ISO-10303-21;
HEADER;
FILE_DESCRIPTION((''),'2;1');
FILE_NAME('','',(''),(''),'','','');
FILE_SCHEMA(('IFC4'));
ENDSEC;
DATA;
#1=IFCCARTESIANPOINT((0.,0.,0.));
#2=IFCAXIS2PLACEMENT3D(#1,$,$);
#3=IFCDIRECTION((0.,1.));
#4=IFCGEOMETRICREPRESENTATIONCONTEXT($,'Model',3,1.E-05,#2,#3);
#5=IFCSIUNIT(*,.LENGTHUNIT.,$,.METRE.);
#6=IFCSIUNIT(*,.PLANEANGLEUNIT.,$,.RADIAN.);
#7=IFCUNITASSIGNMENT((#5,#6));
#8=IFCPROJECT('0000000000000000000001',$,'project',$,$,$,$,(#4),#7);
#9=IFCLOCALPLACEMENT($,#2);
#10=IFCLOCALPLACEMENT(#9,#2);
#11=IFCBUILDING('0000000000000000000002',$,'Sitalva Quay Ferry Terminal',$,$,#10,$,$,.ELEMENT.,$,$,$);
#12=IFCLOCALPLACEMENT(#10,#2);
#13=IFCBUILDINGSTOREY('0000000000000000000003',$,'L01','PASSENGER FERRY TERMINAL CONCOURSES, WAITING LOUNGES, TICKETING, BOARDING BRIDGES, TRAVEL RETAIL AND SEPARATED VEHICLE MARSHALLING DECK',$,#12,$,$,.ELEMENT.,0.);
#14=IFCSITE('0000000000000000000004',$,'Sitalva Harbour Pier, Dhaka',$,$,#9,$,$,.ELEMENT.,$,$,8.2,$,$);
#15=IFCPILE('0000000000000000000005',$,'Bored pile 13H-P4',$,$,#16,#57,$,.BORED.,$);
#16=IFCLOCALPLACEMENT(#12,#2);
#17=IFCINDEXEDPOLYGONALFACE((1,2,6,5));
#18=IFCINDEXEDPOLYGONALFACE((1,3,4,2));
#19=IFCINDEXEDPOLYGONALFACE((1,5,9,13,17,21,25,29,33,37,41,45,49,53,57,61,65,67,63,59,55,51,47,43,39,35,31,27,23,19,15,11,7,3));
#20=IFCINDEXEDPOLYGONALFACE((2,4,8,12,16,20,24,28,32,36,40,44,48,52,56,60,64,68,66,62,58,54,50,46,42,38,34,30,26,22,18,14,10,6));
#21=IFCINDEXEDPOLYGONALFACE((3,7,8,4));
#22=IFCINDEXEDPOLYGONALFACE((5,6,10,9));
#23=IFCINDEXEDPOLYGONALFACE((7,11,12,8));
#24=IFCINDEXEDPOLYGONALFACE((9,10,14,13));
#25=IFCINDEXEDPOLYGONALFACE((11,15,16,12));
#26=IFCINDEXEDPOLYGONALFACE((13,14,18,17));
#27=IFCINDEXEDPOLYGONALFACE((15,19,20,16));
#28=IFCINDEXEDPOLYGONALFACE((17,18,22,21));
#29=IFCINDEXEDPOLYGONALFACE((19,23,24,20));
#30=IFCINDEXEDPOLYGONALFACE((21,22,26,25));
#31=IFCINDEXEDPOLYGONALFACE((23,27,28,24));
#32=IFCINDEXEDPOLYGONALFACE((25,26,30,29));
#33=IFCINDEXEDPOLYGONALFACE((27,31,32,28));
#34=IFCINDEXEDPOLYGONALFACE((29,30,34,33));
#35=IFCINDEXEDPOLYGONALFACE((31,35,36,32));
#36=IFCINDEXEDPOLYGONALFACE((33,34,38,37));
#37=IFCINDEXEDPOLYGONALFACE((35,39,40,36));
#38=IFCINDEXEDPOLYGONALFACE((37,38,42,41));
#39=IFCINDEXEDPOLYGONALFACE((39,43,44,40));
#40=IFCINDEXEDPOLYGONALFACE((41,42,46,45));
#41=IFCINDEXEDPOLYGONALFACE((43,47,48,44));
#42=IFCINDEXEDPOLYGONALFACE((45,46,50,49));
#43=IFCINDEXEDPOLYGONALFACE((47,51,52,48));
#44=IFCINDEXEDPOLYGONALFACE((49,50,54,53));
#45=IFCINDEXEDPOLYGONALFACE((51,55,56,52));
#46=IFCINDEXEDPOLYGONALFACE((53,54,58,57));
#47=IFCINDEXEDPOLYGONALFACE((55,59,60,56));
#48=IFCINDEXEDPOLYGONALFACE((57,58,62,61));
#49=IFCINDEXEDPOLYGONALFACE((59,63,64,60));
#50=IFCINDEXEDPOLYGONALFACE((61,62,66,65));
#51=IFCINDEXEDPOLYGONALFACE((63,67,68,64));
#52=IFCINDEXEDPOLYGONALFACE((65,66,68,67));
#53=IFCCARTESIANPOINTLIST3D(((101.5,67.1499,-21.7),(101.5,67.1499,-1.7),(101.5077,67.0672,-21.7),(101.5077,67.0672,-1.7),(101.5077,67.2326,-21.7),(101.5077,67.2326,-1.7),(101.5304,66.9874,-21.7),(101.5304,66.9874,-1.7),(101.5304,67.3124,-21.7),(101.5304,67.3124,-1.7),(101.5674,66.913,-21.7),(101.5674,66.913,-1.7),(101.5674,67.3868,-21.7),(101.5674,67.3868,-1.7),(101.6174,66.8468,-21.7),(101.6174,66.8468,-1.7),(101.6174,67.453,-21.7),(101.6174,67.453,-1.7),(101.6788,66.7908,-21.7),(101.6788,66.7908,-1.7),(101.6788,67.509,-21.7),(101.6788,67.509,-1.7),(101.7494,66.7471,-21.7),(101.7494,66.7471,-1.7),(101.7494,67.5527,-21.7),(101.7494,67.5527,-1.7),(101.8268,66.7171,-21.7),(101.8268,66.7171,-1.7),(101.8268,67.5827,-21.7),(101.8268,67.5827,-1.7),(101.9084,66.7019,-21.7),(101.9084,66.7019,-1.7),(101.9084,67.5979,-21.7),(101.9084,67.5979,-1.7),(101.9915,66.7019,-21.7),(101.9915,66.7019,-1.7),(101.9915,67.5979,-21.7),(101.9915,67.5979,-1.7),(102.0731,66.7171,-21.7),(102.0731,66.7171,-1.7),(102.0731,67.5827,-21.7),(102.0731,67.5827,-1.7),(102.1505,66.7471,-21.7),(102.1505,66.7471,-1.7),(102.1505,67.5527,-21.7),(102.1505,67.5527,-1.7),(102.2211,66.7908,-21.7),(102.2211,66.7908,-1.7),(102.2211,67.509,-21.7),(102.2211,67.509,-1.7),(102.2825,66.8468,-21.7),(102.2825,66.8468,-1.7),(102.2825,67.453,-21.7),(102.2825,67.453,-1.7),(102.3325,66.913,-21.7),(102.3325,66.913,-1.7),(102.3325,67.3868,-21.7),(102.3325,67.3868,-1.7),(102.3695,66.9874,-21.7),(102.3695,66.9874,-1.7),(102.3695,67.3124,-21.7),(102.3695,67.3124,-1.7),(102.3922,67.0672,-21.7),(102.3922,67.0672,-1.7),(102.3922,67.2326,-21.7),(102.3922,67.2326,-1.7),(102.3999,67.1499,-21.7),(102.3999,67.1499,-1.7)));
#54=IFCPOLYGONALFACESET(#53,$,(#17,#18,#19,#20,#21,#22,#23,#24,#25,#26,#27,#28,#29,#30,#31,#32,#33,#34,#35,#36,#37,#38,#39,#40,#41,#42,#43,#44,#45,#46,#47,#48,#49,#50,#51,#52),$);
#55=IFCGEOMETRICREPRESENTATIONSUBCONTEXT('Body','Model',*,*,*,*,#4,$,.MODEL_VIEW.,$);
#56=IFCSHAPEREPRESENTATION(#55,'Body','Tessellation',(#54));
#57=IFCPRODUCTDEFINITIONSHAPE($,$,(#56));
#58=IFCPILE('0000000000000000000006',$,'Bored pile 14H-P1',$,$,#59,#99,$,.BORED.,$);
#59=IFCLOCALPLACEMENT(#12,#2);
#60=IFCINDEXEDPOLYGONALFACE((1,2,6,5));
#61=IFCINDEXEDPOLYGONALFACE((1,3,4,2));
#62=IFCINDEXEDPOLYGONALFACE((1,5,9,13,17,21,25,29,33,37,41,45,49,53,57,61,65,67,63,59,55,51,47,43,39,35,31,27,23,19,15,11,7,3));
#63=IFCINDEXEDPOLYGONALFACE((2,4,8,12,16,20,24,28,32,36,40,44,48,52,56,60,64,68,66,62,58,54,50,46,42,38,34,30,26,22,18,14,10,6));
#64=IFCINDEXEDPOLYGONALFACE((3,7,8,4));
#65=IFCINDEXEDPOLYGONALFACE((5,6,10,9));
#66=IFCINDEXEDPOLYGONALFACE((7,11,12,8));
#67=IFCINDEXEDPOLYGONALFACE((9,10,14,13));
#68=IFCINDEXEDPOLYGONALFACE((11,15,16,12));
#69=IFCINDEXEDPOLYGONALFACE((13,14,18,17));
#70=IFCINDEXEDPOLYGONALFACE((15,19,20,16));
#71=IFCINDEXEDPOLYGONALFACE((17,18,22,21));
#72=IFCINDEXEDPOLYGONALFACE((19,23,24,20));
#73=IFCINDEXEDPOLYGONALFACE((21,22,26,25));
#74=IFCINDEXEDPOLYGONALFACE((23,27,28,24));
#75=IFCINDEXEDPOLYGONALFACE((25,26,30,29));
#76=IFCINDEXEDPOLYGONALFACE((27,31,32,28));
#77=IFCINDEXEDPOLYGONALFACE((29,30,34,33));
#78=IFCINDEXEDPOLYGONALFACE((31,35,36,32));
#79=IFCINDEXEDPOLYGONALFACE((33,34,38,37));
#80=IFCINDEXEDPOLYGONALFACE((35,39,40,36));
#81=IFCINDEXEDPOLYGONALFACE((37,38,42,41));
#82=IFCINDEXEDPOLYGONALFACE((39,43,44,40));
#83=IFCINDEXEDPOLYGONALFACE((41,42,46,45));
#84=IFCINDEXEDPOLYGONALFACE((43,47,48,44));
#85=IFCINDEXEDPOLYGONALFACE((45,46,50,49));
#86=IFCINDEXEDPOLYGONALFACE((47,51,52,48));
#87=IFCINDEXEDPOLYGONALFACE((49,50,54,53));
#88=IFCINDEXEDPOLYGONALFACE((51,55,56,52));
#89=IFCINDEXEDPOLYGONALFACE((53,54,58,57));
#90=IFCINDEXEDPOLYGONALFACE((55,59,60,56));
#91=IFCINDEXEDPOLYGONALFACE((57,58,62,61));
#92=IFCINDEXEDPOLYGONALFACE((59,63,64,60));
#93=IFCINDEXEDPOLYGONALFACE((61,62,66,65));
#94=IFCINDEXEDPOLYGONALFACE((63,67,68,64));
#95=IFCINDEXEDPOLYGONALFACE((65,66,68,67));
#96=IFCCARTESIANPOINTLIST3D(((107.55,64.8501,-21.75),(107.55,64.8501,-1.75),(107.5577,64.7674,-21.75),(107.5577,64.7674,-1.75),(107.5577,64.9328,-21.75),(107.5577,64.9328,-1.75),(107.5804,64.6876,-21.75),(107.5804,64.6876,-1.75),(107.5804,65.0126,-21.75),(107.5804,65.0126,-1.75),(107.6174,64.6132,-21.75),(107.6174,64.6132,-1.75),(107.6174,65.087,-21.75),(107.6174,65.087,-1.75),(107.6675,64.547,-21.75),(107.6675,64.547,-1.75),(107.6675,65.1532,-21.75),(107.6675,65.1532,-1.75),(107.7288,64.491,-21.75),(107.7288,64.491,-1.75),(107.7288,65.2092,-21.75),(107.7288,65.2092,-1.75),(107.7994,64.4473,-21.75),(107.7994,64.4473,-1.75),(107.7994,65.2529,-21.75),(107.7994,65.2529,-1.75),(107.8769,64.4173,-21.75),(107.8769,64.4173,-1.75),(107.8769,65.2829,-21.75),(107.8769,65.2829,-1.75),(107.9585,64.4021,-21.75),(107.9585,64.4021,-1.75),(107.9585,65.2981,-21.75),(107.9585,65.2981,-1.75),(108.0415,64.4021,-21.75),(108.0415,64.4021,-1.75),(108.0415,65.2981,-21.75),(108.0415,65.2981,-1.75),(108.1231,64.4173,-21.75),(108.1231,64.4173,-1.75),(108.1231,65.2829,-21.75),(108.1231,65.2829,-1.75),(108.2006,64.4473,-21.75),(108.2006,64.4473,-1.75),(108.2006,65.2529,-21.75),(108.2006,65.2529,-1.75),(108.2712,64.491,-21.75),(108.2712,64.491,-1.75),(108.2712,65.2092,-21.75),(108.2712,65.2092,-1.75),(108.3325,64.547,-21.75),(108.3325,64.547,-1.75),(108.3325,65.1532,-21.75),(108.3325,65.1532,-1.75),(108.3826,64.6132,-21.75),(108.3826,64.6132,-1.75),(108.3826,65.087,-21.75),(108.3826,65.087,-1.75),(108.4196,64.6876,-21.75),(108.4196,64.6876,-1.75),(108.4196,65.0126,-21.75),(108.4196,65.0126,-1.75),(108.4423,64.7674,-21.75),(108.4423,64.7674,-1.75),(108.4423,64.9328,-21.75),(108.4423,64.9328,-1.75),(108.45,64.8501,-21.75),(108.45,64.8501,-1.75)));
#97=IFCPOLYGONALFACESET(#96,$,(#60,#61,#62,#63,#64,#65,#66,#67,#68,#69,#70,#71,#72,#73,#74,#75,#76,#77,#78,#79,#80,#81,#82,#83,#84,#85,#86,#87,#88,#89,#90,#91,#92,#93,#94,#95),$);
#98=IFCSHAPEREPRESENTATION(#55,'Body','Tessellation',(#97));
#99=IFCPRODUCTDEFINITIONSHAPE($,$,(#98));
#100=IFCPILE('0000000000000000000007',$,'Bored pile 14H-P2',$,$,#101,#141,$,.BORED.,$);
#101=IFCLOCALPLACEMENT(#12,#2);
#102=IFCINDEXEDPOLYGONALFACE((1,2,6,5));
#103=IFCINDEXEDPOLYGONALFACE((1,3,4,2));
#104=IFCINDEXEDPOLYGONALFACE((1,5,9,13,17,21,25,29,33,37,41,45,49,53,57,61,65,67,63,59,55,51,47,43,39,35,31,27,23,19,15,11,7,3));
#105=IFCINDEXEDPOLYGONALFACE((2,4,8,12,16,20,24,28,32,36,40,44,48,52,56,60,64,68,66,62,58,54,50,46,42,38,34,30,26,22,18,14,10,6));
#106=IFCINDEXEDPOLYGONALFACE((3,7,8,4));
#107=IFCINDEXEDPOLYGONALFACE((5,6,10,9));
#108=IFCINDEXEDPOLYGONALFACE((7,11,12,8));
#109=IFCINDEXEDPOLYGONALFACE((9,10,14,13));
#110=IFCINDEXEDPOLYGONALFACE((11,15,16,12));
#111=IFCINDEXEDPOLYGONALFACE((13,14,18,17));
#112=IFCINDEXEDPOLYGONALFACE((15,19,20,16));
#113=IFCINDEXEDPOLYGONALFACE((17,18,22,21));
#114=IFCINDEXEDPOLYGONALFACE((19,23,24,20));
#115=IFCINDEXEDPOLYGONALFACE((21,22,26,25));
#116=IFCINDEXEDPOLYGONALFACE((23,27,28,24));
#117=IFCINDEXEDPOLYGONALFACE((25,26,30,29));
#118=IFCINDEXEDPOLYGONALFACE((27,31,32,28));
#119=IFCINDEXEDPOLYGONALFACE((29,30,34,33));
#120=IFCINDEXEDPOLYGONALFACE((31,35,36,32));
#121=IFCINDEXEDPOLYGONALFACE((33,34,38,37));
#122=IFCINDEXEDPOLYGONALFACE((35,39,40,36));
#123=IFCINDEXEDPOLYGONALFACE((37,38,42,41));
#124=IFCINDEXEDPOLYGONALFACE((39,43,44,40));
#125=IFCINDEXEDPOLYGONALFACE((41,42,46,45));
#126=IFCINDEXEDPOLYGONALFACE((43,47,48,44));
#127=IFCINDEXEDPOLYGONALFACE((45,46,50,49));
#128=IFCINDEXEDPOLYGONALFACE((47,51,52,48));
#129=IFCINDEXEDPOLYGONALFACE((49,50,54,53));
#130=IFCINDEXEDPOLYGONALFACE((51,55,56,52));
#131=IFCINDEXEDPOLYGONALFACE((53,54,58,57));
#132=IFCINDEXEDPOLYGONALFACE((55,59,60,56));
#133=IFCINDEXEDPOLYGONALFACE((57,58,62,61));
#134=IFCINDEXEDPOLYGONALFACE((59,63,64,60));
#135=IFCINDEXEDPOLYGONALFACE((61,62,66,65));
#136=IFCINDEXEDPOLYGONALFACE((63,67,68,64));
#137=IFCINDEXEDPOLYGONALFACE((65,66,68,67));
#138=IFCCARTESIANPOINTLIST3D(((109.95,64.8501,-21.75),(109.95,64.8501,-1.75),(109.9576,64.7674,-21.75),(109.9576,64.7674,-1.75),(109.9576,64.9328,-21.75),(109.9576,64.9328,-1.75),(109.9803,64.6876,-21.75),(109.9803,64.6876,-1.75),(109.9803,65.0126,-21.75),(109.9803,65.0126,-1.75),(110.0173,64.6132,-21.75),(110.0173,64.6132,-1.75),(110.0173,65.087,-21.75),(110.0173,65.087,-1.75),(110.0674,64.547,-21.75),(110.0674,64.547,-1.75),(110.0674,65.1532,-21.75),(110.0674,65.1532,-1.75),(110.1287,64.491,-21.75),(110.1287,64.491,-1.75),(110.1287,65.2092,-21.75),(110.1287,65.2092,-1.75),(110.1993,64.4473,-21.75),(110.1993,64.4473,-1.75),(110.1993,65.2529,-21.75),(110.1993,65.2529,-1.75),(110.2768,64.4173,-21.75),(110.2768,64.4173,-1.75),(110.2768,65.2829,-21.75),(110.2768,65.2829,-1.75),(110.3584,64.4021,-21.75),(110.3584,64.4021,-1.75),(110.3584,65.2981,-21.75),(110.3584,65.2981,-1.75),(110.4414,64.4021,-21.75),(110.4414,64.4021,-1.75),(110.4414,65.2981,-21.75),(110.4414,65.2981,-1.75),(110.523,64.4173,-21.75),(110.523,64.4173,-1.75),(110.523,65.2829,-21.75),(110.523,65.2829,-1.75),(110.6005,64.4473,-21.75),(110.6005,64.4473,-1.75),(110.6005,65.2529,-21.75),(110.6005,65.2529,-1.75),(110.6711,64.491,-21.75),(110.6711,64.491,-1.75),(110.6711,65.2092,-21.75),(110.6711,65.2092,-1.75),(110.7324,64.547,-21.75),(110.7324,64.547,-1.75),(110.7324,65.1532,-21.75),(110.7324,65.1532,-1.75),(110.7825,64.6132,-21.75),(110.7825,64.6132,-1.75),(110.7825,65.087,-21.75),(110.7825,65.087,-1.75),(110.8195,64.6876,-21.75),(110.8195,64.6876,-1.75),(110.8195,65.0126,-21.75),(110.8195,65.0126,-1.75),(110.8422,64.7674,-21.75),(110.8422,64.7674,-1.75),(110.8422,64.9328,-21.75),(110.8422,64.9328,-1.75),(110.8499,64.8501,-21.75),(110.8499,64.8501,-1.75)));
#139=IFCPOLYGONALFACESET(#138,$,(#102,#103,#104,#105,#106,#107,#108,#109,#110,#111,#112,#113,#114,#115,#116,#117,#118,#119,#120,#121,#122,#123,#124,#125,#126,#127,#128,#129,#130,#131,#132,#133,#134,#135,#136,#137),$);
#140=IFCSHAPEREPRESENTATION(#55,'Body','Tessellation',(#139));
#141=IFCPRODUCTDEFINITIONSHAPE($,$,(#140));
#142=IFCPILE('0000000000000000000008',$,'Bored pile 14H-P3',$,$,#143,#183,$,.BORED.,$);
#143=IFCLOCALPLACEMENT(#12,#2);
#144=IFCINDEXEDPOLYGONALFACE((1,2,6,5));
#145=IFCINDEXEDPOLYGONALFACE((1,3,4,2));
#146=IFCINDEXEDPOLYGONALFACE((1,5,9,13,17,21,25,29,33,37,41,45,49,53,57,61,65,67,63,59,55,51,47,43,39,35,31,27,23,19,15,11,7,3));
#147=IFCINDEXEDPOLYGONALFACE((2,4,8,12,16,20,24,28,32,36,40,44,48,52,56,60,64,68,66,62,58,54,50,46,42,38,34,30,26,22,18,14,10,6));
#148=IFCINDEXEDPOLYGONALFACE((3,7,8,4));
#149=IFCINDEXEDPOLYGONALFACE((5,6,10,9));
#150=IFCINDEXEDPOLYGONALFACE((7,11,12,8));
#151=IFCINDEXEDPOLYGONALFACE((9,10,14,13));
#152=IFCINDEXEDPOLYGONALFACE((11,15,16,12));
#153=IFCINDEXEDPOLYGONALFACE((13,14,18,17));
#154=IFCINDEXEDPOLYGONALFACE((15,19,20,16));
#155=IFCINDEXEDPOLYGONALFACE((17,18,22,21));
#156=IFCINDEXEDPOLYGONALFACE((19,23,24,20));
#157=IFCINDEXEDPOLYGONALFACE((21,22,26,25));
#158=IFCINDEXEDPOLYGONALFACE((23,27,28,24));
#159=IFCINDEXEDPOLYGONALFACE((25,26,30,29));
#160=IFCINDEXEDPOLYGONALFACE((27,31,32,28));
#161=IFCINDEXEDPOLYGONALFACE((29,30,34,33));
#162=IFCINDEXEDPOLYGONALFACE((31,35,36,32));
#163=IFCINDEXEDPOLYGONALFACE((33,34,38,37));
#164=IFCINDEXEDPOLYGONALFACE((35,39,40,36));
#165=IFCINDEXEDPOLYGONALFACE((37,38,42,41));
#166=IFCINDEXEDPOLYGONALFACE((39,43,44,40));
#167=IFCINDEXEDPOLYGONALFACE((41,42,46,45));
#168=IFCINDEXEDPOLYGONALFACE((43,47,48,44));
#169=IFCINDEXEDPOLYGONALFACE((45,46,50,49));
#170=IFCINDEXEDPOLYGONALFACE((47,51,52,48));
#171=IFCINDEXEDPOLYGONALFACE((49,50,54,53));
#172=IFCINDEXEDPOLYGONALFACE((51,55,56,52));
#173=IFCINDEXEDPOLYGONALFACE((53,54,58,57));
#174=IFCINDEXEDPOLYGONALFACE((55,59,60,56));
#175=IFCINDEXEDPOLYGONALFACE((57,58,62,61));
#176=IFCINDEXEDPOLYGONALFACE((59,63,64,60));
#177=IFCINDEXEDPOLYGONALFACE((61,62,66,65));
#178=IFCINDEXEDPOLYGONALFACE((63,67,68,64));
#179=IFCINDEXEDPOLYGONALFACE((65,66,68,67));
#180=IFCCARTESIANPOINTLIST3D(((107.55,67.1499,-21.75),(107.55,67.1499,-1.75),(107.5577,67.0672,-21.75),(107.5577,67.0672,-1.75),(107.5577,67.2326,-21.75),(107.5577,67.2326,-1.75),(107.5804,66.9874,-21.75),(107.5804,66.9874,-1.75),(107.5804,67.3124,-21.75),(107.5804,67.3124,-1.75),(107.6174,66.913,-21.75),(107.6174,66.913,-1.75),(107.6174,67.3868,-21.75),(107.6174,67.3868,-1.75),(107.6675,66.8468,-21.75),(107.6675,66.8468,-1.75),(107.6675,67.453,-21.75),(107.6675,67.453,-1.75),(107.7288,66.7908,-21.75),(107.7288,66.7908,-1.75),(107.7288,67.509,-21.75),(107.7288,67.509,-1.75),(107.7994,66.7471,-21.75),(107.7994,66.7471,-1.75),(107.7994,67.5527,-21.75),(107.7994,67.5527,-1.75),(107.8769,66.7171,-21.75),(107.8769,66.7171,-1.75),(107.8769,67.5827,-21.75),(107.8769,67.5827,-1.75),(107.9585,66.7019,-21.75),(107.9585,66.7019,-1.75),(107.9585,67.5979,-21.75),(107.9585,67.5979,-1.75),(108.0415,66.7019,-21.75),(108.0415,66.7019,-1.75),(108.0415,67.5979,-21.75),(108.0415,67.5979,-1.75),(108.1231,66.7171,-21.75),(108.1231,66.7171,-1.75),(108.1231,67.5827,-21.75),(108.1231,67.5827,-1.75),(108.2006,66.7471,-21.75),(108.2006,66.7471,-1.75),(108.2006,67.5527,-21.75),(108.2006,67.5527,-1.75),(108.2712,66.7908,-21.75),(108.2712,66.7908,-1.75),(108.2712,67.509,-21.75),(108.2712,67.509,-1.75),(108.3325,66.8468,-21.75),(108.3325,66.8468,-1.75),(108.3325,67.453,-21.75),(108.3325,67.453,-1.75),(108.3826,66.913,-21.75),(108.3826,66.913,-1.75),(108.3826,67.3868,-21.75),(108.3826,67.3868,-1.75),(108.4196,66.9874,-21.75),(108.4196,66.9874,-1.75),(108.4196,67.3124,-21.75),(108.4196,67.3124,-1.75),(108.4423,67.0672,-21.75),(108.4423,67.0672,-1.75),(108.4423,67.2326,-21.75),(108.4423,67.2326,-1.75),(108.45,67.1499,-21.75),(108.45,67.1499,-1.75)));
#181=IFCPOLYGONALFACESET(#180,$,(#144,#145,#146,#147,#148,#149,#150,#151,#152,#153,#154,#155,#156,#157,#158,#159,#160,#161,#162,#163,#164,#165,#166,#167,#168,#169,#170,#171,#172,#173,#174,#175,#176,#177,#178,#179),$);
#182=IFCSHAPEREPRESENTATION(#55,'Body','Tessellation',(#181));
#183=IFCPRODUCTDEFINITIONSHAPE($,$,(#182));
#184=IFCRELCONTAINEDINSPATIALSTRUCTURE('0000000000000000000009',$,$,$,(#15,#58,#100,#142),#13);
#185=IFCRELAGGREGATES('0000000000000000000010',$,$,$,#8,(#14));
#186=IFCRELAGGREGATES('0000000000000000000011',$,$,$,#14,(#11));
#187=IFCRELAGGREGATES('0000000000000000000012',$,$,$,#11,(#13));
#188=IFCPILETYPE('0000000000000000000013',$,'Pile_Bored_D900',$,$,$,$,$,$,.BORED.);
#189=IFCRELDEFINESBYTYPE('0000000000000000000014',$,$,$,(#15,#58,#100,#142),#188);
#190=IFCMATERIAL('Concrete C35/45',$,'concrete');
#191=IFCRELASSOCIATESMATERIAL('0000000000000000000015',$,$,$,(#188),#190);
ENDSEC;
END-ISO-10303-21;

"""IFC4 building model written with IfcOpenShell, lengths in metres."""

from ifc_helpers import new_model, si_unit, direction, frame, origin, origin_2d, place, context, subcontext, project, spatial, circle, extrude, material, material_profile, profile_set, type_object, element, save


model = new_model("IFC4")

# Units and contexts
model_context = context("Model", 3, precision=1e-05, world=origin(), true_north=direction((0.0, 1.0)))
body_context = subcontext(model_context, "Body", "Model", "MODEL_VIEW")
ifc_project = project(units=[si_unit("LENGTHUNIT", "METRE"), si_unit("PLANEANGLEUNIT", "RADIAN")], contexts=[model_context])

# Site, building, storey
site_placement = place(None, origin())
site = spatial("IfcSite", under=ifc_project, at=site_placement, Name="Sitalva Harbour Pier, Dhaka", CompositionType="ELEMENT", RefElevation=8.2)
building_placement = place(site_placement, origin())
building = spatial("IfcBuilding", under=site, at=building_placement, Name="Sitalva Quay Ferry Terminal", CompositionType="ELEMENT")
storey_placement = place(building_placement, origin())
storey = spatial("IfcBuildingStorey", under=building, at=storey_placement, Name="L01", Description="PASSENGER FERRY TERMINAL CONCOURSES, WAITING LOUNGES, TICKETING, BOARDING BRIDGES, TRAVEL RETAIL AND SEPARATED VEHICLE MARSHALLING DECK", CompositionType="ELEMENT", Elevation=0.0)

# Piles
ifc_material_1 = material(Name="Concrete C35/45", Category="concrete")
ifc_material_profile_1 = material_profile(ifc_material_1, circle(Radius=0.45, at=origin_2d()), Name="PILE-D900")
ifc_profile_set_1 = profile_set([ifc_material_profile_1], Name="Concrete C35/45")
pile_type = type_object("IfcPileType", Name="Pile_Bored_D900", PredefinedType="BORED", material=ifc_profile_set_1)
for number, where, z_axis, x_axis, name in (
    (1, (101.95, 67.1499, -1.7), (0.0, 0.0, -1.0), (1.0, 0.0, 0.0), "Bored pile 13H-P4"),
    (2, (108.0, 64.8501, -1.75), (0.0, 0.0, -1.0), (1.0, 0.0, 0.0), "Bored pile 14H-P1"),
    (3, (110.3999, 64.8501, -1.75), (0.0, 0.0, -1.0), (1.0, 0.0, 0.0), "Bored pile 14H-P2"),
    (4, (108.0, 67.1499, -1.75), (0.0, 0.0, -1.0), (1.0, 0.0, 0.0), "Bored pile 14H-P3"),
):
    element("IfcPile", number, at=place(storey_placement, frame(where, z_axis=z_axis, x_axis=x_axis)), inside=storey, type_object=pile_type, Name=name, PredefinedType="BORED", context=body_context, shape_type="SweptSolid", body=[
        extrude(circle(Radius=0.45, at=origin_2d()), origin(), (0.0, 0.0, 1.0), 20.0),
    ])

save(model, "model.ifc")
